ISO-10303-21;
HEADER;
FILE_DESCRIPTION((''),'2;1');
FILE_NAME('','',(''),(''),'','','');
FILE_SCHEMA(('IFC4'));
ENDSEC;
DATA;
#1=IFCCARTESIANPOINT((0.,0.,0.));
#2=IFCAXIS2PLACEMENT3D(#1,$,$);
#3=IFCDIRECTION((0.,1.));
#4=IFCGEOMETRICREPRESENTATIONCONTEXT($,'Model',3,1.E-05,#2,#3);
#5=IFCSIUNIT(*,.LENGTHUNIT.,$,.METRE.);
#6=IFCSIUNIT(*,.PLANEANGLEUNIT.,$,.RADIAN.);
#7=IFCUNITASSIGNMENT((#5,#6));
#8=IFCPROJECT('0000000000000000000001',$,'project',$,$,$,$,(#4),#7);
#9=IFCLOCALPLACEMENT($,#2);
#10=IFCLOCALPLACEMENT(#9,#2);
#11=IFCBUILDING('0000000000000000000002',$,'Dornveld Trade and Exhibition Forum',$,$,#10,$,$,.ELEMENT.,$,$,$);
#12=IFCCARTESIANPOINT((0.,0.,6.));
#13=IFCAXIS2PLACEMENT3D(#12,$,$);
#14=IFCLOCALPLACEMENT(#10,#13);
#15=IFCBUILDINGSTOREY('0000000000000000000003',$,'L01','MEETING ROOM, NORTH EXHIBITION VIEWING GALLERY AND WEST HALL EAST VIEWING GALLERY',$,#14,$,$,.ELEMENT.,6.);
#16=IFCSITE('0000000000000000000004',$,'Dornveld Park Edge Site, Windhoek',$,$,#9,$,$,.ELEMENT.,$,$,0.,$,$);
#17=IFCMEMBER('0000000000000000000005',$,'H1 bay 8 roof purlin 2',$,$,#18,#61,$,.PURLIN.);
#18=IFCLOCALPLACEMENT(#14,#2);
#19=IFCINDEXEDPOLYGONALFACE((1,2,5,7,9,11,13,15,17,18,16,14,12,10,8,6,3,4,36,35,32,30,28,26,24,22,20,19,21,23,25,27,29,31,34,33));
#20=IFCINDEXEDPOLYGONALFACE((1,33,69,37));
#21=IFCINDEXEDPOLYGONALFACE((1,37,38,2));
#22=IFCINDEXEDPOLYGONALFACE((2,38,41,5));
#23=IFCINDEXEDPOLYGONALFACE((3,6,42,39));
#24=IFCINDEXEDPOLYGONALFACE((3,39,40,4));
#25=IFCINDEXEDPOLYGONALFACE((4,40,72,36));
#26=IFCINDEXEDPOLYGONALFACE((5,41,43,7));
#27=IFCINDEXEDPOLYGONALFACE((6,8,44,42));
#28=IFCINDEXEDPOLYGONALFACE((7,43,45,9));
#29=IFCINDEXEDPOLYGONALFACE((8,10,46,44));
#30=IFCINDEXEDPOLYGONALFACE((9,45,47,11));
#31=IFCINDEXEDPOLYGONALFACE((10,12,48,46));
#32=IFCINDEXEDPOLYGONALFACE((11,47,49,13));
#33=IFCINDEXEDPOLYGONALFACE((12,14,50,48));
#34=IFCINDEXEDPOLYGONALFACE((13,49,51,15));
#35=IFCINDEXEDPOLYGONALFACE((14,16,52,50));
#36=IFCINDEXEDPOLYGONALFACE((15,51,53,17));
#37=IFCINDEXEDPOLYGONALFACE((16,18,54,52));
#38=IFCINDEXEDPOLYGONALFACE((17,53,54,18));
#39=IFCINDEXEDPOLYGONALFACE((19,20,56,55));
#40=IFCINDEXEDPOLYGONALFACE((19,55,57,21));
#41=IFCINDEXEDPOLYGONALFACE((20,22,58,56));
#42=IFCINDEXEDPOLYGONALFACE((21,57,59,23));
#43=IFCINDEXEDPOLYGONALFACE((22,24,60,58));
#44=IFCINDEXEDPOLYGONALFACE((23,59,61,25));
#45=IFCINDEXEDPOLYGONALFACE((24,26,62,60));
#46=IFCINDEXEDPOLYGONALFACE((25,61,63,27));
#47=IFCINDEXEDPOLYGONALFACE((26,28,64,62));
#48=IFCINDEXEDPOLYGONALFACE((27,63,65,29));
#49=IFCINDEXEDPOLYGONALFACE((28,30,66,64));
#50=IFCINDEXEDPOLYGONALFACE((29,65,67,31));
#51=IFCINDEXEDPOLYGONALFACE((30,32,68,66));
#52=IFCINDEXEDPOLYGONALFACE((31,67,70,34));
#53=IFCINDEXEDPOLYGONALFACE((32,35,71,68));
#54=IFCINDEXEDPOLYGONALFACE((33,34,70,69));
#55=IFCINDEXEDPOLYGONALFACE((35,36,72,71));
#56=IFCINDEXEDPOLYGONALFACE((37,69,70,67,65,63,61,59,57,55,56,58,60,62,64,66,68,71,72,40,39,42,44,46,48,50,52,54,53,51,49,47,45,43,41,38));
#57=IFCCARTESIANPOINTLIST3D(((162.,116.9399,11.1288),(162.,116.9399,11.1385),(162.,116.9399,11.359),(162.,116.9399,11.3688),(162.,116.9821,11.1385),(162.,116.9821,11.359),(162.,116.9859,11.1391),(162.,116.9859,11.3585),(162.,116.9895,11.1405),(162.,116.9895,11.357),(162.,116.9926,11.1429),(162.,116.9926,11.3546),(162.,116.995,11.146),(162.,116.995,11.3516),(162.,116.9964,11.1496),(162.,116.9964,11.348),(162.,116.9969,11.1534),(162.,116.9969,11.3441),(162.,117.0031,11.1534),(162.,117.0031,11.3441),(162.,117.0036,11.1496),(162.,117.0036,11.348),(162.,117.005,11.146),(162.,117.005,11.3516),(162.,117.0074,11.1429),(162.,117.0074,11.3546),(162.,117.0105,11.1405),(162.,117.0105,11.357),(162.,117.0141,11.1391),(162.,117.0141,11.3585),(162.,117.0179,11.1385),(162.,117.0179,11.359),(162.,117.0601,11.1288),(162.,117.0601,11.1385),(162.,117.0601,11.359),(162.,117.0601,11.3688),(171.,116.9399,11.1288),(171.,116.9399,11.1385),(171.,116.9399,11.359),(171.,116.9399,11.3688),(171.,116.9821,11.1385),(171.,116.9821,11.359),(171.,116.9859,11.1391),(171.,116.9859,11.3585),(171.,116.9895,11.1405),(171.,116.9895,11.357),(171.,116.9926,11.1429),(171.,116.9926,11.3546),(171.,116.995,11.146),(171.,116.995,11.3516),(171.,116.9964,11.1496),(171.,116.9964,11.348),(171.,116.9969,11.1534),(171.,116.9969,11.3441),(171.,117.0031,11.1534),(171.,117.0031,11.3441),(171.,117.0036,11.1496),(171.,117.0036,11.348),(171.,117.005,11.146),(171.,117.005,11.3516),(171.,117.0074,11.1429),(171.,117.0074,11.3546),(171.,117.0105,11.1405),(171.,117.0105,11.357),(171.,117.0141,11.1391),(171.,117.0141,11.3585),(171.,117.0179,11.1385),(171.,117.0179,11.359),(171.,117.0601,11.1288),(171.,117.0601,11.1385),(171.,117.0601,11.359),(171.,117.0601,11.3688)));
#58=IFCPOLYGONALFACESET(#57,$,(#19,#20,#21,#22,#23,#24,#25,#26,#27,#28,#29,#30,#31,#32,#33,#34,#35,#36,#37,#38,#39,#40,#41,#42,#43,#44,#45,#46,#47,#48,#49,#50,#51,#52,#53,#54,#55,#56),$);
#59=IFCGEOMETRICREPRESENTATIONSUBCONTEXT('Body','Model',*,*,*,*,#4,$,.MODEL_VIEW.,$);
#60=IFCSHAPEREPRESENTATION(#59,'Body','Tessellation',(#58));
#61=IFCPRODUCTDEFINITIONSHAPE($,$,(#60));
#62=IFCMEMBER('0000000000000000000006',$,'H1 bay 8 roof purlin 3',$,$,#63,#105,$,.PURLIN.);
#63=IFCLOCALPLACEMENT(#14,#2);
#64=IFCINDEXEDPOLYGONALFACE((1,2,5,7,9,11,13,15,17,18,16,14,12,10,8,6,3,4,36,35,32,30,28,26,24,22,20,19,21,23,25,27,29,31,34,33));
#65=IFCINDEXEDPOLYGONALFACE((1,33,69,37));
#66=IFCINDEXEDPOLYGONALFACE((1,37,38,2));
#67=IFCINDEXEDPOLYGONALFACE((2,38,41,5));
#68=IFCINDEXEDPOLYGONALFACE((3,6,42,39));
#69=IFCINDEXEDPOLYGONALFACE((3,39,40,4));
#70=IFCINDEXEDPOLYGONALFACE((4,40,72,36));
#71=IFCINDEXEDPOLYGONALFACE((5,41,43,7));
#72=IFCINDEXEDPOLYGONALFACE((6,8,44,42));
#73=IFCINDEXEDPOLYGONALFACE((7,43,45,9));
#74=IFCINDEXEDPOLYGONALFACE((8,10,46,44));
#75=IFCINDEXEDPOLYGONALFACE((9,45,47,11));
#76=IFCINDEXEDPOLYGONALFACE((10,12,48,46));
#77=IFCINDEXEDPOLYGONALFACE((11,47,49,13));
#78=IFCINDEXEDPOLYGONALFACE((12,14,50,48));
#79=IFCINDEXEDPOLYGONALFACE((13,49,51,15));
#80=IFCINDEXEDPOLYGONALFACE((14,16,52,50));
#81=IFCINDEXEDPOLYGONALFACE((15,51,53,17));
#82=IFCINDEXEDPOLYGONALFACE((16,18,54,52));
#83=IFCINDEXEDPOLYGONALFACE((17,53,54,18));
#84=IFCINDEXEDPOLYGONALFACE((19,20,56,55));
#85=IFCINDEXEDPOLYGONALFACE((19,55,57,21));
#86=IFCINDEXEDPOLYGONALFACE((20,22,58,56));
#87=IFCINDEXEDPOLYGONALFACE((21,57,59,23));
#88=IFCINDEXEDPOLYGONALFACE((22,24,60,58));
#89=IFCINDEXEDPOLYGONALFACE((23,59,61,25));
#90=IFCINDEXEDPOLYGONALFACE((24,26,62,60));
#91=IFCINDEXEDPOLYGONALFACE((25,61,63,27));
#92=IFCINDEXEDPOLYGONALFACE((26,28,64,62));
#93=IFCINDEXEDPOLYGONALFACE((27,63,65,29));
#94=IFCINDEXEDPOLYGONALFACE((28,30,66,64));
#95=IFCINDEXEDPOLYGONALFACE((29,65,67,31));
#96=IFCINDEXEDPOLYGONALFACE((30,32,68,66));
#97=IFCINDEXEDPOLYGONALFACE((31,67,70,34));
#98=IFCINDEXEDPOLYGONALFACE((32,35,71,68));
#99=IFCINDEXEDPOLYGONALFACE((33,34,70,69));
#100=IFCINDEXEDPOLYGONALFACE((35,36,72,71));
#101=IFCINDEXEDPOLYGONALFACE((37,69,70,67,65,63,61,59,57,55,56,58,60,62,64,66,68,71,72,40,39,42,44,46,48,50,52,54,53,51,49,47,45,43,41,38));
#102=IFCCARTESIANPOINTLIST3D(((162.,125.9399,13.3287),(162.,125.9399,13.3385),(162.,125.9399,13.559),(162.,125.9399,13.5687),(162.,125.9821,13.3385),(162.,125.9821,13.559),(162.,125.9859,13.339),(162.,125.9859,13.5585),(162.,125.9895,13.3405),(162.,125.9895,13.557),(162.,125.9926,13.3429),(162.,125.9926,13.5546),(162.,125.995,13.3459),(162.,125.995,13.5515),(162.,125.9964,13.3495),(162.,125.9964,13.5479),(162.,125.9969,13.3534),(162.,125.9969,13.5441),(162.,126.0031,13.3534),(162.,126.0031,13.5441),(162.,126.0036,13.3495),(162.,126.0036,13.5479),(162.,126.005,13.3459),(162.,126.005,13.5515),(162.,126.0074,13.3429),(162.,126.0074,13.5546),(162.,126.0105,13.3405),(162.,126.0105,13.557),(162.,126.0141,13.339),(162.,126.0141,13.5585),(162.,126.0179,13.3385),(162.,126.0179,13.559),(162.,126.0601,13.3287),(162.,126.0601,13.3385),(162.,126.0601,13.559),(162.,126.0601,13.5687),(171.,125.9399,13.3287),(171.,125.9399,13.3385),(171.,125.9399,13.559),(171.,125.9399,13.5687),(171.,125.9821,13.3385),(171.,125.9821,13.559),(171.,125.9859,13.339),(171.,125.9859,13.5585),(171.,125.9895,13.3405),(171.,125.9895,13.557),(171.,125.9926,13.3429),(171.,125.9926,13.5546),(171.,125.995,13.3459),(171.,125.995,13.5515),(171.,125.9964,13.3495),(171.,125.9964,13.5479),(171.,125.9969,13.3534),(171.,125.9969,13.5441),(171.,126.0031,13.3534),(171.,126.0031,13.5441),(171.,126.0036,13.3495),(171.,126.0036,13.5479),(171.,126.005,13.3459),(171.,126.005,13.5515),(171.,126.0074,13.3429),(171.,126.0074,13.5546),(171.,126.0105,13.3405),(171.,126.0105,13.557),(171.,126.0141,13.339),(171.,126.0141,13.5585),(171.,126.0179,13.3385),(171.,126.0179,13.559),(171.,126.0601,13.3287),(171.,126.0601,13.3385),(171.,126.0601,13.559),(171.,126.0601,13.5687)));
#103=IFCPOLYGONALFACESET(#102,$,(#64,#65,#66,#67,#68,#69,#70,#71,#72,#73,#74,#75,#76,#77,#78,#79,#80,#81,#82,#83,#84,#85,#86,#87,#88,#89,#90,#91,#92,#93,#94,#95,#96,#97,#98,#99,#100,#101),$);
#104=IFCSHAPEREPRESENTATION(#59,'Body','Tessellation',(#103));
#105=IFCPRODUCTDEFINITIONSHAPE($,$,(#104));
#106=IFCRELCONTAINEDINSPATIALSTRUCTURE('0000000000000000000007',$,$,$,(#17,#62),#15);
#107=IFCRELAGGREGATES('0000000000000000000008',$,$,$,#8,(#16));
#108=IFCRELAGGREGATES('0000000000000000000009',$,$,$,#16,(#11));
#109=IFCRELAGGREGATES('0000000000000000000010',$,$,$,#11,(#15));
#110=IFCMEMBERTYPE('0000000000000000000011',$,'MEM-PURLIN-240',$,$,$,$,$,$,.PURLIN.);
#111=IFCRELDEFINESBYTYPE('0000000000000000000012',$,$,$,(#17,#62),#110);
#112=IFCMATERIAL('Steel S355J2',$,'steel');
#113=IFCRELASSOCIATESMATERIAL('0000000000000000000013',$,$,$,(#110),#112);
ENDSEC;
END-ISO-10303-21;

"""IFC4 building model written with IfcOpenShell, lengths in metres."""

from ifc_helpers import new_model, si_unit, direction, frame, origin, origin_2d, place, context, subcontext, project, spatial, i_section, extrude, material, material_profile, profile_set, type_object, element, save


model = new_model("IFC4")

# Units and contexts
model_context = context("Model", 3, precision=1e-05, world=origin(), true_north=direction((0.0, 1.0)))
body_context = subcontext(model_context, "Body", "Model", "MODEL_VIEW")
ifc_project = project(units=[si_unit("LENGTHUNIT", "METRE"), si_unit("PLANEANGLEUNIT", "RADIAN")], contexts=[model_context])

# Site, building, storey
site_placement = place(None, origin())
site = spatial("IfcSite", under=ifc_project, at=site_placement, Name="Dornveld Park Edge Site, Windhoek", CompositionType="ELEMENT", RefElevation=0.0)
building_placement = place(site_placement, origin())
building = spatial("IfcBuilding", under=site, at=building_placement, Name="Dornveld Trade and Exhibition Forum", CompositionType="ELEMENT")
storey_placement = place(building_placement, frame((0.0, 0.0, 6.0)))
storey = spatial("IfcBuildingStorey", under=building, at=storey_placement, Name="L01", Description="MEETING ROOM, NORTH EXHIBITION VIEWING GALLERY AND WEST HALL EAST VIEWING GALLERY", CompositionType="ELEMENT", Elevation=6.0)

# Members
ifc_material_1 = material(Name="Steel S355J2", Category="steel")
ifc_material_profile_1 = material_profile(ifc_material_1, i_section(OverallWidth=0.1201, OverallDepth=0.24, WebThickness=0.0061, FlangeThickness=0.0098, FilletRadius=0.0149, at=origin_2d()), Name="IPE 240")
ifc_profile_set_1 = profile_set([ifc_material_profile_1], Name="Steel S355J2")
member_type_1 = type_object("IfcMemberType", Name="MEM-PURLIN-240", PredefinedType="PURLIN", material=ifc_profile_set_1)
for number, where, z_axis, x_axis, name in (
    (1, (162.0, 117.0, 11.2488), (1.0, 0.0, 0.0), (0.0, 1.0, 0.0), "H1 bay 8 roof purlin 2"),
    (2, (162.0, 126.0, 13.4487), (1.0, 0.0, 0.0), (0.0, 1.0, 0.0), "H1 bay 8 roof purlin 3"),
):
    element("IfcMember", number, at=place(storey_placement, frame(where, z_axis=z_axis, x_axis=x_axis)), inside=storey, type_object=member_type_1, Name=name, PredefinedType="PURLIN", context=body_context, shape_type="SweptSolid", body=[
        extrude(i_section(OverallWidth=0.1201, OverallDepth=0.24, WebThickness=0.0061, FlangeThickness=0.0098, FilletRadius=0.0149, at=origin_2d()), origin(), (0.0, 0.0, 1.0), 9.0),
    ])

save(model, "model.ifc")
